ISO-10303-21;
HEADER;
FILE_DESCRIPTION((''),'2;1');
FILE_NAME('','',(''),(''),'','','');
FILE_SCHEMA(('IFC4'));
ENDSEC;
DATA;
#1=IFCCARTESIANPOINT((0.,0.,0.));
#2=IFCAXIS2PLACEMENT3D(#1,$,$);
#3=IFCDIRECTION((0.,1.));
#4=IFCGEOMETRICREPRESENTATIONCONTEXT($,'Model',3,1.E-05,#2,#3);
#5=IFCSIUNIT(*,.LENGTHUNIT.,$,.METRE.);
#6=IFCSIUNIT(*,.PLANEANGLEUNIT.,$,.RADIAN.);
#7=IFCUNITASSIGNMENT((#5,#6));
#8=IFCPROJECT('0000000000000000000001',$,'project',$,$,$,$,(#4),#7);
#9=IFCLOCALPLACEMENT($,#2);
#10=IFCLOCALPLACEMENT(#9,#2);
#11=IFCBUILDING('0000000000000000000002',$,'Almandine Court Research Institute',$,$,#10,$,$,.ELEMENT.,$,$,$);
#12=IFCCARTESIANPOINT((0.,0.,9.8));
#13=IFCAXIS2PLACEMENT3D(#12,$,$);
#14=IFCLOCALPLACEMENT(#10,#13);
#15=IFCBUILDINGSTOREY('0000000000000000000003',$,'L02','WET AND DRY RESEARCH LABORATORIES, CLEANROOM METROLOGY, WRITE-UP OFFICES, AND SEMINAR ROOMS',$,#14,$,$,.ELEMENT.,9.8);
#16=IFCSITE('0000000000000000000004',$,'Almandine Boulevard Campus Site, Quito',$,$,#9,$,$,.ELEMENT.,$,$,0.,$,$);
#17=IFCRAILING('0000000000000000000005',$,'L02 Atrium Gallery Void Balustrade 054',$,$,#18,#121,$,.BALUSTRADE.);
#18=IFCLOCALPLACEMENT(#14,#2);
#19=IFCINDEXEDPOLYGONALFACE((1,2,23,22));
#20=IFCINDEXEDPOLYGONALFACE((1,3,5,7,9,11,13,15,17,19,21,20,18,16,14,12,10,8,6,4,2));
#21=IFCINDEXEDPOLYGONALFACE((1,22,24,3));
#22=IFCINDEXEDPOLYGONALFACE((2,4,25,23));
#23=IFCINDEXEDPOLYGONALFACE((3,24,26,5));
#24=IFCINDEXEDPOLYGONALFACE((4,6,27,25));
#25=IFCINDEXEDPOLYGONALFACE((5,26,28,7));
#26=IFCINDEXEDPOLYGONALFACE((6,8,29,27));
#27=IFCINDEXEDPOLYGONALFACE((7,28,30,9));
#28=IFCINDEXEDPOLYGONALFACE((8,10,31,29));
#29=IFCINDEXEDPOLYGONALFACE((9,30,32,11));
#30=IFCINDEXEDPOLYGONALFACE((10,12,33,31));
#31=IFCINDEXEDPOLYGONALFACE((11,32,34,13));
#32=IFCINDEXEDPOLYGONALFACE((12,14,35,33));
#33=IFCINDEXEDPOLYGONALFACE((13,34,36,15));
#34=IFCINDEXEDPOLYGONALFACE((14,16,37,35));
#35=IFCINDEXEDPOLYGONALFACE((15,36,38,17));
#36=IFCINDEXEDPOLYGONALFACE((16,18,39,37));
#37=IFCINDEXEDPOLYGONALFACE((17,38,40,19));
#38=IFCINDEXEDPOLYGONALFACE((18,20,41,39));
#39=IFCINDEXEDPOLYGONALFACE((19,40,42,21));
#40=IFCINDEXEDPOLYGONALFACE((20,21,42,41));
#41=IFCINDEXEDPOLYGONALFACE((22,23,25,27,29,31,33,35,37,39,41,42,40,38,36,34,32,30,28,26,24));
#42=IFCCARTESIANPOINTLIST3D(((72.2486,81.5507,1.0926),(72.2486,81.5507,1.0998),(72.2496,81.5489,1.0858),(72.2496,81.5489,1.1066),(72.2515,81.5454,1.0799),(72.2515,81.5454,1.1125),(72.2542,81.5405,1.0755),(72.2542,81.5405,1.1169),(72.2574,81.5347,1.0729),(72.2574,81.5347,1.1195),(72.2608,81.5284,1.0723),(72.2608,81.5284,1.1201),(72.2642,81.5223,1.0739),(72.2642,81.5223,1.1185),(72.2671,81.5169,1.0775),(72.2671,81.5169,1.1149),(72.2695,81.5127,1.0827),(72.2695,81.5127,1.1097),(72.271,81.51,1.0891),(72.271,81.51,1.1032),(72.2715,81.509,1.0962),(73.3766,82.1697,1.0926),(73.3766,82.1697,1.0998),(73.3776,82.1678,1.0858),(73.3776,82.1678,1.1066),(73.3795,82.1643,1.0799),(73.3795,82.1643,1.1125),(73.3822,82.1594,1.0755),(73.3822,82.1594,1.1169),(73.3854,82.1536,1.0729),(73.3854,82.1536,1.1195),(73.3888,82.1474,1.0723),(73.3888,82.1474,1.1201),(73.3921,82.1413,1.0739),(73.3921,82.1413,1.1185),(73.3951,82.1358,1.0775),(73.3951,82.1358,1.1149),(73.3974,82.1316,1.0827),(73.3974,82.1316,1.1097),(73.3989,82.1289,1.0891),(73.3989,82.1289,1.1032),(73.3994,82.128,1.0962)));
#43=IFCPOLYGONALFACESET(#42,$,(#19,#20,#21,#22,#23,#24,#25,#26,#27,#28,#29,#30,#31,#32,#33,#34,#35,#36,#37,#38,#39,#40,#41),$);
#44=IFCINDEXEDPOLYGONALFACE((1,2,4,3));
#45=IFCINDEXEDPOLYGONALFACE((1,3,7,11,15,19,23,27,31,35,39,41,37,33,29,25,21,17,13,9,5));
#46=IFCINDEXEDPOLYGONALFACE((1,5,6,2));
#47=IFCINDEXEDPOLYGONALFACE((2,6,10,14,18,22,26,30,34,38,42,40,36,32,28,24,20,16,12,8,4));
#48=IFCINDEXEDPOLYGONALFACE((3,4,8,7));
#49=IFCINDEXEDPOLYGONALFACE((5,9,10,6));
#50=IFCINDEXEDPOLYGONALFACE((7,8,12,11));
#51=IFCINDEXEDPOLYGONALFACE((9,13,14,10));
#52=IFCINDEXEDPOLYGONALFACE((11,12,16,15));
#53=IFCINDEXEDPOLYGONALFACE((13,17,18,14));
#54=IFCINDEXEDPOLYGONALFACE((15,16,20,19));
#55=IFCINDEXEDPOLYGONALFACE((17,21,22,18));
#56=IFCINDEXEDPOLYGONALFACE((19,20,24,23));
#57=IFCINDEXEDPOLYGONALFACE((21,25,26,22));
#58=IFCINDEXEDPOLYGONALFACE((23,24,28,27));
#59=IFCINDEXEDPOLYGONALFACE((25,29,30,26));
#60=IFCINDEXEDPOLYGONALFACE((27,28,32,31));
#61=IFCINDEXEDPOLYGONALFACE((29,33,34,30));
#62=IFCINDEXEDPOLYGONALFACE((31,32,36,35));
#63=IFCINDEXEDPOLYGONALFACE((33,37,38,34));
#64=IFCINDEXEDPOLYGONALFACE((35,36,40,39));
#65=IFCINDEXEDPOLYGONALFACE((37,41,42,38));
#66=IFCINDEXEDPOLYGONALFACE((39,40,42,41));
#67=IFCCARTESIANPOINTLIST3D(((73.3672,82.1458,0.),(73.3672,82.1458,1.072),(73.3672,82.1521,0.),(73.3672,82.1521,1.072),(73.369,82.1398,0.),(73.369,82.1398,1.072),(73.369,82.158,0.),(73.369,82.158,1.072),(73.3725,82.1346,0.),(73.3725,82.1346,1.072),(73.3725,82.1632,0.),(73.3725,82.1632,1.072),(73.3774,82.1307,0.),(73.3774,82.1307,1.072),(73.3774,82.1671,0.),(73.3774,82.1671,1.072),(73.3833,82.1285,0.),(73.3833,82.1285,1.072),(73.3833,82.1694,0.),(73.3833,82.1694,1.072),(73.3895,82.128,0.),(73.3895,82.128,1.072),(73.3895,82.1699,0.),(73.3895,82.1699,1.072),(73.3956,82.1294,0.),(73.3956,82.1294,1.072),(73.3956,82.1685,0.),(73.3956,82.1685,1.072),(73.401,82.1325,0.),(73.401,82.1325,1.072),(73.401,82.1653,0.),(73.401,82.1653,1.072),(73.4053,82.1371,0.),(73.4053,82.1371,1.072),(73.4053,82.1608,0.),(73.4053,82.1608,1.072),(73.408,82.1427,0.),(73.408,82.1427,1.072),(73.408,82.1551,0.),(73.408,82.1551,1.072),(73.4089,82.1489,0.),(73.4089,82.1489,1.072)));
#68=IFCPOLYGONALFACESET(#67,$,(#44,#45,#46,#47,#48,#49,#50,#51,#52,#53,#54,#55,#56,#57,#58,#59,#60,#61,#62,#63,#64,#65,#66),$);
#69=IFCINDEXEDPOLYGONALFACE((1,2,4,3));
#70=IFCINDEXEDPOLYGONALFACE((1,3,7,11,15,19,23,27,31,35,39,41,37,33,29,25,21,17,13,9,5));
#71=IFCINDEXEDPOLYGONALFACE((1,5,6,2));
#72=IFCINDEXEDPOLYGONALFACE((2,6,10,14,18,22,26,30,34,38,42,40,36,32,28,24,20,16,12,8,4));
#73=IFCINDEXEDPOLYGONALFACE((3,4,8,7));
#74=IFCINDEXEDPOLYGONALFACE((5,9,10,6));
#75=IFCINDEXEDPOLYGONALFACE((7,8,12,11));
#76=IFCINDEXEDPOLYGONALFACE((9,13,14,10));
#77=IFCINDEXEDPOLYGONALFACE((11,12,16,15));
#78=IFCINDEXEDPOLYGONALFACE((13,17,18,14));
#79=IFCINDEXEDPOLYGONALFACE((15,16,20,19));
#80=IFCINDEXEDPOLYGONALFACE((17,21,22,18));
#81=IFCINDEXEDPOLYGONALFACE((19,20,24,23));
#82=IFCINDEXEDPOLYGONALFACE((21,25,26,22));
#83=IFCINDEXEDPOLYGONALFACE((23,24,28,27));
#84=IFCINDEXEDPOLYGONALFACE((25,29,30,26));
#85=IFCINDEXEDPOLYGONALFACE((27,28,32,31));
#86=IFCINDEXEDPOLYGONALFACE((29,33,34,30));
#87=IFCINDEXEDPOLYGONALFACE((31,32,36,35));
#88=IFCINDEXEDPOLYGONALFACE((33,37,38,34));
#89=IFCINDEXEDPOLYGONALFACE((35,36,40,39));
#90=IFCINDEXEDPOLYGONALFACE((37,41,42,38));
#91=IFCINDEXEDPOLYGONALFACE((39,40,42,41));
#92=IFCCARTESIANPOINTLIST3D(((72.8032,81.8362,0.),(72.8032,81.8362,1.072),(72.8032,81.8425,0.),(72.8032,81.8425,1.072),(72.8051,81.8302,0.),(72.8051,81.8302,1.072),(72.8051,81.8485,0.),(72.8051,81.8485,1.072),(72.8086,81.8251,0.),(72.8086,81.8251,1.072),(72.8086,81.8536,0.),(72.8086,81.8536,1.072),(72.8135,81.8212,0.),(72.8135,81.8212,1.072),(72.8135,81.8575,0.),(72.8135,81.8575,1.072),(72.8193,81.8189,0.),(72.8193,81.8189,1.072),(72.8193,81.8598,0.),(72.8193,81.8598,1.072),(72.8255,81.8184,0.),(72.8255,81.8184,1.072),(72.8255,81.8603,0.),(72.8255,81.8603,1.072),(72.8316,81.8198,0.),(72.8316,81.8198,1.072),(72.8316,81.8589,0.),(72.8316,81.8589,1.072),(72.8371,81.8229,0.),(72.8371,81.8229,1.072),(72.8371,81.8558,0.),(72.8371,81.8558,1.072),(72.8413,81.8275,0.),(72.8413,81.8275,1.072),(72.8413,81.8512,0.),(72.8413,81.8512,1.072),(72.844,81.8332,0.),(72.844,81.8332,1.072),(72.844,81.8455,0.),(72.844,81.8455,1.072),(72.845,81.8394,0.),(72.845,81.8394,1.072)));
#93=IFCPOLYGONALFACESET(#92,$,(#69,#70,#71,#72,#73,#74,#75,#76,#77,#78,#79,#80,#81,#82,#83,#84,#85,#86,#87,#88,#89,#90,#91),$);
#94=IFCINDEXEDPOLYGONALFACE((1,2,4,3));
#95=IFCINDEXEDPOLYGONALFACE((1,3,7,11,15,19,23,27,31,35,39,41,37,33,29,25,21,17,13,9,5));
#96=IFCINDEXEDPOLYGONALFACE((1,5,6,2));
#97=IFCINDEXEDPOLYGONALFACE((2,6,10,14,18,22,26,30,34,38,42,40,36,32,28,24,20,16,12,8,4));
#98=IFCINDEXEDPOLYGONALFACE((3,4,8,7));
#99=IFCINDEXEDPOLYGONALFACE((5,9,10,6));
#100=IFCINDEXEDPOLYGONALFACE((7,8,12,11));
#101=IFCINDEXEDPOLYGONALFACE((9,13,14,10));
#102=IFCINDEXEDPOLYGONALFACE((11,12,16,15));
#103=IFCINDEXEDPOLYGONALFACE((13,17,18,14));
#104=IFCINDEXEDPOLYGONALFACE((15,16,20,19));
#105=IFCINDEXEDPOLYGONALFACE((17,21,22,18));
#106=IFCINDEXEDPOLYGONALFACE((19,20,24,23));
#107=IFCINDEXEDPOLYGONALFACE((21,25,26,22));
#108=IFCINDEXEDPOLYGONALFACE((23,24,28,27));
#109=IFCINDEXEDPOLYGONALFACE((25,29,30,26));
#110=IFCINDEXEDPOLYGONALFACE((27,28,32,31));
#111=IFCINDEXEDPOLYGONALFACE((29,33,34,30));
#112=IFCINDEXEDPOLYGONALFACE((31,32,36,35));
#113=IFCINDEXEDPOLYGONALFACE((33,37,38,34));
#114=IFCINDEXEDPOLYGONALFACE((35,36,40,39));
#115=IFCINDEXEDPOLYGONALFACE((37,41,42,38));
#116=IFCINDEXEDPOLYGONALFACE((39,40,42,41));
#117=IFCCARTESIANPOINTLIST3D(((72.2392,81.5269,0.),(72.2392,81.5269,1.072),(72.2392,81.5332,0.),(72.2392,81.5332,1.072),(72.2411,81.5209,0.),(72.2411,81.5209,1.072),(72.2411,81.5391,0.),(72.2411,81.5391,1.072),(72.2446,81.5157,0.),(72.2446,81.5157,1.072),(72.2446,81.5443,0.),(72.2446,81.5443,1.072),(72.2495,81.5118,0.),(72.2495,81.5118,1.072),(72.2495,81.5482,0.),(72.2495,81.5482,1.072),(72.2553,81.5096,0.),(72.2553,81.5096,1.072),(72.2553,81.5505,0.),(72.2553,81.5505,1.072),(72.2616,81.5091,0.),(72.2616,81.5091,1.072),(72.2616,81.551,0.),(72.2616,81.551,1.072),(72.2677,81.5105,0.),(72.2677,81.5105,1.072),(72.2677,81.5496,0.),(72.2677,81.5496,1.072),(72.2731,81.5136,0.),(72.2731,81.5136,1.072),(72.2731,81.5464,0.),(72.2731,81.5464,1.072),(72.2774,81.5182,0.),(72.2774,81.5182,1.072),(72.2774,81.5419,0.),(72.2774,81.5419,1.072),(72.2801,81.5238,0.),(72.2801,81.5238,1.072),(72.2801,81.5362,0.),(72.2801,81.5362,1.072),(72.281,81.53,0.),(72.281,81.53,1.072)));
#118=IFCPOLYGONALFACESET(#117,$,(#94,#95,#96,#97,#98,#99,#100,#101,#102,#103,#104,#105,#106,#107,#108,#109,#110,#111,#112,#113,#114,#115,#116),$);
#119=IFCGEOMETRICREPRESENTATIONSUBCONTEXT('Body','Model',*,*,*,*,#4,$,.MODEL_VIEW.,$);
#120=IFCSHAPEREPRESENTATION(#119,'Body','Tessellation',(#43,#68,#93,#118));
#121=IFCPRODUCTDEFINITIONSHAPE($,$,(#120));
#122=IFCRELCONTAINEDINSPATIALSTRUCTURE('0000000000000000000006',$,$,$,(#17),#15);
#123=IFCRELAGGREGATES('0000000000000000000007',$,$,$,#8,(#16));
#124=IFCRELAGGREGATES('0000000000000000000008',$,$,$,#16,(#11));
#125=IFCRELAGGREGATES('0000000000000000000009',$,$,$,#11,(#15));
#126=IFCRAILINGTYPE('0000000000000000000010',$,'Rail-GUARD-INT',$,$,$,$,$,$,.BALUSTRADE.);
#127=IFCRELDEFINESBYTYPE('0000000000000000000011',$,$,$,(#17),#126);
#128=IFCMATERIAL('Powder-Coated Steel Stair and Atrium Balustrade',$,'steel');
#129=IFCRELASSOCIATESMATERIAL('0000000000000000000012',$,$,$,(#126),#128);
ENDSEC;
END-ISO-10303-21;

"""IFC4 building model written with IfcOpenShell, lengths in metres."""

from ifc_helpers import new_model, si_unit, direction, frame, origin, origin_2d, place, context, subcontext, project, spatial, circle, extrude, material, type_object, element, save


model = new_model("IFC4")

# Units and contexts
model_context = context("Model", 3, precision=1e-05, world=origin(), true_north=direction((0.0, 1.0)))
body_context = subcontext(model_context, "Body", "Model", "MODEL_VIEW")
ifc_project = project(units=[si_unit("LENGTHUNIT", "METRE"), si_unit("PLANEANGLEUNIT", "RADIAN")], contexts=[model_context])

# Site, building, storey
site_placement = place(None, origin())
site = spatial("IfcSite", under=ifc_project, at=site_placement, Name="Almandine Boulevard Campus Site, Quito", CompositionType="ELEMENT", RefElevation=0.0)
building_placement = place(site_placement, origin())
building = spatial("IfcBuilding", under=site, at=building_placement, Name="Almandine Court Research Institute", CompositionType="ELEMENT")
storey_placement = place(building_placement, frame((0.0, 0.0, 9.8)))
storey = spatial("IfcBuildingStorey", under=building, at=storey_placement, Name="L02", Description="WET AND DRY RESEARCH LABORATORIES, CLEANROOM METROLOGY, WRITE-UP OFFICES, AND SEMINAR ROOMS", CompositionType="ELEMENT", Elevation=9.8)

# Railing
ifc_material_1 = material(Name="Powder-Coated Steel Stair and Atrium Balustrade", Category="steel")
railing_type_1 = type_object("IfcRailingType", Name="Rail-GUARD-INT", PredefinedType="BALUSTRADE", material=ifc_material_1)
railing_1_placement = place(storey_placement, frame((73.3879, 82.1489, 0.0)))
element("IfcRailing", 1, at=railing_1_placement, inside=storey, type_object=railing_type_1, Name="L02 Atrium Gallery Void Balustrade 054", PredefinedType="BALUSTRADE", context=body_context, shape_type="SweptSolid", body=[
    extrude(circle(Radius=0.0239, at=origin_2d()), frame((0.0, 0.0, 1.0962), z_axis=(-0.876696, -0.481044, 0.0), x_axis=(0.481044, -0.876696, 0.0)), (0.0, 0.0, 1.0), 1.2866),
    extrude(circle(Radius=0.021, at=origin_2d()), origin(), (0.0, 0.0, 1.0), 1.072),
    extrude(circle(Radius=0.021, at=origin_2d()), frame((-0.564, -0.3096, 0.0)), (0.0, 0.0, 1.0), 1.072),
    extrude(circle(Radius=0.021, at=origin_2d()), frame((-1.1279, -0.6189, 0.0)), (0.0, 0.0, 1.0), 1.072),
])

save(model, "model.ifc")
